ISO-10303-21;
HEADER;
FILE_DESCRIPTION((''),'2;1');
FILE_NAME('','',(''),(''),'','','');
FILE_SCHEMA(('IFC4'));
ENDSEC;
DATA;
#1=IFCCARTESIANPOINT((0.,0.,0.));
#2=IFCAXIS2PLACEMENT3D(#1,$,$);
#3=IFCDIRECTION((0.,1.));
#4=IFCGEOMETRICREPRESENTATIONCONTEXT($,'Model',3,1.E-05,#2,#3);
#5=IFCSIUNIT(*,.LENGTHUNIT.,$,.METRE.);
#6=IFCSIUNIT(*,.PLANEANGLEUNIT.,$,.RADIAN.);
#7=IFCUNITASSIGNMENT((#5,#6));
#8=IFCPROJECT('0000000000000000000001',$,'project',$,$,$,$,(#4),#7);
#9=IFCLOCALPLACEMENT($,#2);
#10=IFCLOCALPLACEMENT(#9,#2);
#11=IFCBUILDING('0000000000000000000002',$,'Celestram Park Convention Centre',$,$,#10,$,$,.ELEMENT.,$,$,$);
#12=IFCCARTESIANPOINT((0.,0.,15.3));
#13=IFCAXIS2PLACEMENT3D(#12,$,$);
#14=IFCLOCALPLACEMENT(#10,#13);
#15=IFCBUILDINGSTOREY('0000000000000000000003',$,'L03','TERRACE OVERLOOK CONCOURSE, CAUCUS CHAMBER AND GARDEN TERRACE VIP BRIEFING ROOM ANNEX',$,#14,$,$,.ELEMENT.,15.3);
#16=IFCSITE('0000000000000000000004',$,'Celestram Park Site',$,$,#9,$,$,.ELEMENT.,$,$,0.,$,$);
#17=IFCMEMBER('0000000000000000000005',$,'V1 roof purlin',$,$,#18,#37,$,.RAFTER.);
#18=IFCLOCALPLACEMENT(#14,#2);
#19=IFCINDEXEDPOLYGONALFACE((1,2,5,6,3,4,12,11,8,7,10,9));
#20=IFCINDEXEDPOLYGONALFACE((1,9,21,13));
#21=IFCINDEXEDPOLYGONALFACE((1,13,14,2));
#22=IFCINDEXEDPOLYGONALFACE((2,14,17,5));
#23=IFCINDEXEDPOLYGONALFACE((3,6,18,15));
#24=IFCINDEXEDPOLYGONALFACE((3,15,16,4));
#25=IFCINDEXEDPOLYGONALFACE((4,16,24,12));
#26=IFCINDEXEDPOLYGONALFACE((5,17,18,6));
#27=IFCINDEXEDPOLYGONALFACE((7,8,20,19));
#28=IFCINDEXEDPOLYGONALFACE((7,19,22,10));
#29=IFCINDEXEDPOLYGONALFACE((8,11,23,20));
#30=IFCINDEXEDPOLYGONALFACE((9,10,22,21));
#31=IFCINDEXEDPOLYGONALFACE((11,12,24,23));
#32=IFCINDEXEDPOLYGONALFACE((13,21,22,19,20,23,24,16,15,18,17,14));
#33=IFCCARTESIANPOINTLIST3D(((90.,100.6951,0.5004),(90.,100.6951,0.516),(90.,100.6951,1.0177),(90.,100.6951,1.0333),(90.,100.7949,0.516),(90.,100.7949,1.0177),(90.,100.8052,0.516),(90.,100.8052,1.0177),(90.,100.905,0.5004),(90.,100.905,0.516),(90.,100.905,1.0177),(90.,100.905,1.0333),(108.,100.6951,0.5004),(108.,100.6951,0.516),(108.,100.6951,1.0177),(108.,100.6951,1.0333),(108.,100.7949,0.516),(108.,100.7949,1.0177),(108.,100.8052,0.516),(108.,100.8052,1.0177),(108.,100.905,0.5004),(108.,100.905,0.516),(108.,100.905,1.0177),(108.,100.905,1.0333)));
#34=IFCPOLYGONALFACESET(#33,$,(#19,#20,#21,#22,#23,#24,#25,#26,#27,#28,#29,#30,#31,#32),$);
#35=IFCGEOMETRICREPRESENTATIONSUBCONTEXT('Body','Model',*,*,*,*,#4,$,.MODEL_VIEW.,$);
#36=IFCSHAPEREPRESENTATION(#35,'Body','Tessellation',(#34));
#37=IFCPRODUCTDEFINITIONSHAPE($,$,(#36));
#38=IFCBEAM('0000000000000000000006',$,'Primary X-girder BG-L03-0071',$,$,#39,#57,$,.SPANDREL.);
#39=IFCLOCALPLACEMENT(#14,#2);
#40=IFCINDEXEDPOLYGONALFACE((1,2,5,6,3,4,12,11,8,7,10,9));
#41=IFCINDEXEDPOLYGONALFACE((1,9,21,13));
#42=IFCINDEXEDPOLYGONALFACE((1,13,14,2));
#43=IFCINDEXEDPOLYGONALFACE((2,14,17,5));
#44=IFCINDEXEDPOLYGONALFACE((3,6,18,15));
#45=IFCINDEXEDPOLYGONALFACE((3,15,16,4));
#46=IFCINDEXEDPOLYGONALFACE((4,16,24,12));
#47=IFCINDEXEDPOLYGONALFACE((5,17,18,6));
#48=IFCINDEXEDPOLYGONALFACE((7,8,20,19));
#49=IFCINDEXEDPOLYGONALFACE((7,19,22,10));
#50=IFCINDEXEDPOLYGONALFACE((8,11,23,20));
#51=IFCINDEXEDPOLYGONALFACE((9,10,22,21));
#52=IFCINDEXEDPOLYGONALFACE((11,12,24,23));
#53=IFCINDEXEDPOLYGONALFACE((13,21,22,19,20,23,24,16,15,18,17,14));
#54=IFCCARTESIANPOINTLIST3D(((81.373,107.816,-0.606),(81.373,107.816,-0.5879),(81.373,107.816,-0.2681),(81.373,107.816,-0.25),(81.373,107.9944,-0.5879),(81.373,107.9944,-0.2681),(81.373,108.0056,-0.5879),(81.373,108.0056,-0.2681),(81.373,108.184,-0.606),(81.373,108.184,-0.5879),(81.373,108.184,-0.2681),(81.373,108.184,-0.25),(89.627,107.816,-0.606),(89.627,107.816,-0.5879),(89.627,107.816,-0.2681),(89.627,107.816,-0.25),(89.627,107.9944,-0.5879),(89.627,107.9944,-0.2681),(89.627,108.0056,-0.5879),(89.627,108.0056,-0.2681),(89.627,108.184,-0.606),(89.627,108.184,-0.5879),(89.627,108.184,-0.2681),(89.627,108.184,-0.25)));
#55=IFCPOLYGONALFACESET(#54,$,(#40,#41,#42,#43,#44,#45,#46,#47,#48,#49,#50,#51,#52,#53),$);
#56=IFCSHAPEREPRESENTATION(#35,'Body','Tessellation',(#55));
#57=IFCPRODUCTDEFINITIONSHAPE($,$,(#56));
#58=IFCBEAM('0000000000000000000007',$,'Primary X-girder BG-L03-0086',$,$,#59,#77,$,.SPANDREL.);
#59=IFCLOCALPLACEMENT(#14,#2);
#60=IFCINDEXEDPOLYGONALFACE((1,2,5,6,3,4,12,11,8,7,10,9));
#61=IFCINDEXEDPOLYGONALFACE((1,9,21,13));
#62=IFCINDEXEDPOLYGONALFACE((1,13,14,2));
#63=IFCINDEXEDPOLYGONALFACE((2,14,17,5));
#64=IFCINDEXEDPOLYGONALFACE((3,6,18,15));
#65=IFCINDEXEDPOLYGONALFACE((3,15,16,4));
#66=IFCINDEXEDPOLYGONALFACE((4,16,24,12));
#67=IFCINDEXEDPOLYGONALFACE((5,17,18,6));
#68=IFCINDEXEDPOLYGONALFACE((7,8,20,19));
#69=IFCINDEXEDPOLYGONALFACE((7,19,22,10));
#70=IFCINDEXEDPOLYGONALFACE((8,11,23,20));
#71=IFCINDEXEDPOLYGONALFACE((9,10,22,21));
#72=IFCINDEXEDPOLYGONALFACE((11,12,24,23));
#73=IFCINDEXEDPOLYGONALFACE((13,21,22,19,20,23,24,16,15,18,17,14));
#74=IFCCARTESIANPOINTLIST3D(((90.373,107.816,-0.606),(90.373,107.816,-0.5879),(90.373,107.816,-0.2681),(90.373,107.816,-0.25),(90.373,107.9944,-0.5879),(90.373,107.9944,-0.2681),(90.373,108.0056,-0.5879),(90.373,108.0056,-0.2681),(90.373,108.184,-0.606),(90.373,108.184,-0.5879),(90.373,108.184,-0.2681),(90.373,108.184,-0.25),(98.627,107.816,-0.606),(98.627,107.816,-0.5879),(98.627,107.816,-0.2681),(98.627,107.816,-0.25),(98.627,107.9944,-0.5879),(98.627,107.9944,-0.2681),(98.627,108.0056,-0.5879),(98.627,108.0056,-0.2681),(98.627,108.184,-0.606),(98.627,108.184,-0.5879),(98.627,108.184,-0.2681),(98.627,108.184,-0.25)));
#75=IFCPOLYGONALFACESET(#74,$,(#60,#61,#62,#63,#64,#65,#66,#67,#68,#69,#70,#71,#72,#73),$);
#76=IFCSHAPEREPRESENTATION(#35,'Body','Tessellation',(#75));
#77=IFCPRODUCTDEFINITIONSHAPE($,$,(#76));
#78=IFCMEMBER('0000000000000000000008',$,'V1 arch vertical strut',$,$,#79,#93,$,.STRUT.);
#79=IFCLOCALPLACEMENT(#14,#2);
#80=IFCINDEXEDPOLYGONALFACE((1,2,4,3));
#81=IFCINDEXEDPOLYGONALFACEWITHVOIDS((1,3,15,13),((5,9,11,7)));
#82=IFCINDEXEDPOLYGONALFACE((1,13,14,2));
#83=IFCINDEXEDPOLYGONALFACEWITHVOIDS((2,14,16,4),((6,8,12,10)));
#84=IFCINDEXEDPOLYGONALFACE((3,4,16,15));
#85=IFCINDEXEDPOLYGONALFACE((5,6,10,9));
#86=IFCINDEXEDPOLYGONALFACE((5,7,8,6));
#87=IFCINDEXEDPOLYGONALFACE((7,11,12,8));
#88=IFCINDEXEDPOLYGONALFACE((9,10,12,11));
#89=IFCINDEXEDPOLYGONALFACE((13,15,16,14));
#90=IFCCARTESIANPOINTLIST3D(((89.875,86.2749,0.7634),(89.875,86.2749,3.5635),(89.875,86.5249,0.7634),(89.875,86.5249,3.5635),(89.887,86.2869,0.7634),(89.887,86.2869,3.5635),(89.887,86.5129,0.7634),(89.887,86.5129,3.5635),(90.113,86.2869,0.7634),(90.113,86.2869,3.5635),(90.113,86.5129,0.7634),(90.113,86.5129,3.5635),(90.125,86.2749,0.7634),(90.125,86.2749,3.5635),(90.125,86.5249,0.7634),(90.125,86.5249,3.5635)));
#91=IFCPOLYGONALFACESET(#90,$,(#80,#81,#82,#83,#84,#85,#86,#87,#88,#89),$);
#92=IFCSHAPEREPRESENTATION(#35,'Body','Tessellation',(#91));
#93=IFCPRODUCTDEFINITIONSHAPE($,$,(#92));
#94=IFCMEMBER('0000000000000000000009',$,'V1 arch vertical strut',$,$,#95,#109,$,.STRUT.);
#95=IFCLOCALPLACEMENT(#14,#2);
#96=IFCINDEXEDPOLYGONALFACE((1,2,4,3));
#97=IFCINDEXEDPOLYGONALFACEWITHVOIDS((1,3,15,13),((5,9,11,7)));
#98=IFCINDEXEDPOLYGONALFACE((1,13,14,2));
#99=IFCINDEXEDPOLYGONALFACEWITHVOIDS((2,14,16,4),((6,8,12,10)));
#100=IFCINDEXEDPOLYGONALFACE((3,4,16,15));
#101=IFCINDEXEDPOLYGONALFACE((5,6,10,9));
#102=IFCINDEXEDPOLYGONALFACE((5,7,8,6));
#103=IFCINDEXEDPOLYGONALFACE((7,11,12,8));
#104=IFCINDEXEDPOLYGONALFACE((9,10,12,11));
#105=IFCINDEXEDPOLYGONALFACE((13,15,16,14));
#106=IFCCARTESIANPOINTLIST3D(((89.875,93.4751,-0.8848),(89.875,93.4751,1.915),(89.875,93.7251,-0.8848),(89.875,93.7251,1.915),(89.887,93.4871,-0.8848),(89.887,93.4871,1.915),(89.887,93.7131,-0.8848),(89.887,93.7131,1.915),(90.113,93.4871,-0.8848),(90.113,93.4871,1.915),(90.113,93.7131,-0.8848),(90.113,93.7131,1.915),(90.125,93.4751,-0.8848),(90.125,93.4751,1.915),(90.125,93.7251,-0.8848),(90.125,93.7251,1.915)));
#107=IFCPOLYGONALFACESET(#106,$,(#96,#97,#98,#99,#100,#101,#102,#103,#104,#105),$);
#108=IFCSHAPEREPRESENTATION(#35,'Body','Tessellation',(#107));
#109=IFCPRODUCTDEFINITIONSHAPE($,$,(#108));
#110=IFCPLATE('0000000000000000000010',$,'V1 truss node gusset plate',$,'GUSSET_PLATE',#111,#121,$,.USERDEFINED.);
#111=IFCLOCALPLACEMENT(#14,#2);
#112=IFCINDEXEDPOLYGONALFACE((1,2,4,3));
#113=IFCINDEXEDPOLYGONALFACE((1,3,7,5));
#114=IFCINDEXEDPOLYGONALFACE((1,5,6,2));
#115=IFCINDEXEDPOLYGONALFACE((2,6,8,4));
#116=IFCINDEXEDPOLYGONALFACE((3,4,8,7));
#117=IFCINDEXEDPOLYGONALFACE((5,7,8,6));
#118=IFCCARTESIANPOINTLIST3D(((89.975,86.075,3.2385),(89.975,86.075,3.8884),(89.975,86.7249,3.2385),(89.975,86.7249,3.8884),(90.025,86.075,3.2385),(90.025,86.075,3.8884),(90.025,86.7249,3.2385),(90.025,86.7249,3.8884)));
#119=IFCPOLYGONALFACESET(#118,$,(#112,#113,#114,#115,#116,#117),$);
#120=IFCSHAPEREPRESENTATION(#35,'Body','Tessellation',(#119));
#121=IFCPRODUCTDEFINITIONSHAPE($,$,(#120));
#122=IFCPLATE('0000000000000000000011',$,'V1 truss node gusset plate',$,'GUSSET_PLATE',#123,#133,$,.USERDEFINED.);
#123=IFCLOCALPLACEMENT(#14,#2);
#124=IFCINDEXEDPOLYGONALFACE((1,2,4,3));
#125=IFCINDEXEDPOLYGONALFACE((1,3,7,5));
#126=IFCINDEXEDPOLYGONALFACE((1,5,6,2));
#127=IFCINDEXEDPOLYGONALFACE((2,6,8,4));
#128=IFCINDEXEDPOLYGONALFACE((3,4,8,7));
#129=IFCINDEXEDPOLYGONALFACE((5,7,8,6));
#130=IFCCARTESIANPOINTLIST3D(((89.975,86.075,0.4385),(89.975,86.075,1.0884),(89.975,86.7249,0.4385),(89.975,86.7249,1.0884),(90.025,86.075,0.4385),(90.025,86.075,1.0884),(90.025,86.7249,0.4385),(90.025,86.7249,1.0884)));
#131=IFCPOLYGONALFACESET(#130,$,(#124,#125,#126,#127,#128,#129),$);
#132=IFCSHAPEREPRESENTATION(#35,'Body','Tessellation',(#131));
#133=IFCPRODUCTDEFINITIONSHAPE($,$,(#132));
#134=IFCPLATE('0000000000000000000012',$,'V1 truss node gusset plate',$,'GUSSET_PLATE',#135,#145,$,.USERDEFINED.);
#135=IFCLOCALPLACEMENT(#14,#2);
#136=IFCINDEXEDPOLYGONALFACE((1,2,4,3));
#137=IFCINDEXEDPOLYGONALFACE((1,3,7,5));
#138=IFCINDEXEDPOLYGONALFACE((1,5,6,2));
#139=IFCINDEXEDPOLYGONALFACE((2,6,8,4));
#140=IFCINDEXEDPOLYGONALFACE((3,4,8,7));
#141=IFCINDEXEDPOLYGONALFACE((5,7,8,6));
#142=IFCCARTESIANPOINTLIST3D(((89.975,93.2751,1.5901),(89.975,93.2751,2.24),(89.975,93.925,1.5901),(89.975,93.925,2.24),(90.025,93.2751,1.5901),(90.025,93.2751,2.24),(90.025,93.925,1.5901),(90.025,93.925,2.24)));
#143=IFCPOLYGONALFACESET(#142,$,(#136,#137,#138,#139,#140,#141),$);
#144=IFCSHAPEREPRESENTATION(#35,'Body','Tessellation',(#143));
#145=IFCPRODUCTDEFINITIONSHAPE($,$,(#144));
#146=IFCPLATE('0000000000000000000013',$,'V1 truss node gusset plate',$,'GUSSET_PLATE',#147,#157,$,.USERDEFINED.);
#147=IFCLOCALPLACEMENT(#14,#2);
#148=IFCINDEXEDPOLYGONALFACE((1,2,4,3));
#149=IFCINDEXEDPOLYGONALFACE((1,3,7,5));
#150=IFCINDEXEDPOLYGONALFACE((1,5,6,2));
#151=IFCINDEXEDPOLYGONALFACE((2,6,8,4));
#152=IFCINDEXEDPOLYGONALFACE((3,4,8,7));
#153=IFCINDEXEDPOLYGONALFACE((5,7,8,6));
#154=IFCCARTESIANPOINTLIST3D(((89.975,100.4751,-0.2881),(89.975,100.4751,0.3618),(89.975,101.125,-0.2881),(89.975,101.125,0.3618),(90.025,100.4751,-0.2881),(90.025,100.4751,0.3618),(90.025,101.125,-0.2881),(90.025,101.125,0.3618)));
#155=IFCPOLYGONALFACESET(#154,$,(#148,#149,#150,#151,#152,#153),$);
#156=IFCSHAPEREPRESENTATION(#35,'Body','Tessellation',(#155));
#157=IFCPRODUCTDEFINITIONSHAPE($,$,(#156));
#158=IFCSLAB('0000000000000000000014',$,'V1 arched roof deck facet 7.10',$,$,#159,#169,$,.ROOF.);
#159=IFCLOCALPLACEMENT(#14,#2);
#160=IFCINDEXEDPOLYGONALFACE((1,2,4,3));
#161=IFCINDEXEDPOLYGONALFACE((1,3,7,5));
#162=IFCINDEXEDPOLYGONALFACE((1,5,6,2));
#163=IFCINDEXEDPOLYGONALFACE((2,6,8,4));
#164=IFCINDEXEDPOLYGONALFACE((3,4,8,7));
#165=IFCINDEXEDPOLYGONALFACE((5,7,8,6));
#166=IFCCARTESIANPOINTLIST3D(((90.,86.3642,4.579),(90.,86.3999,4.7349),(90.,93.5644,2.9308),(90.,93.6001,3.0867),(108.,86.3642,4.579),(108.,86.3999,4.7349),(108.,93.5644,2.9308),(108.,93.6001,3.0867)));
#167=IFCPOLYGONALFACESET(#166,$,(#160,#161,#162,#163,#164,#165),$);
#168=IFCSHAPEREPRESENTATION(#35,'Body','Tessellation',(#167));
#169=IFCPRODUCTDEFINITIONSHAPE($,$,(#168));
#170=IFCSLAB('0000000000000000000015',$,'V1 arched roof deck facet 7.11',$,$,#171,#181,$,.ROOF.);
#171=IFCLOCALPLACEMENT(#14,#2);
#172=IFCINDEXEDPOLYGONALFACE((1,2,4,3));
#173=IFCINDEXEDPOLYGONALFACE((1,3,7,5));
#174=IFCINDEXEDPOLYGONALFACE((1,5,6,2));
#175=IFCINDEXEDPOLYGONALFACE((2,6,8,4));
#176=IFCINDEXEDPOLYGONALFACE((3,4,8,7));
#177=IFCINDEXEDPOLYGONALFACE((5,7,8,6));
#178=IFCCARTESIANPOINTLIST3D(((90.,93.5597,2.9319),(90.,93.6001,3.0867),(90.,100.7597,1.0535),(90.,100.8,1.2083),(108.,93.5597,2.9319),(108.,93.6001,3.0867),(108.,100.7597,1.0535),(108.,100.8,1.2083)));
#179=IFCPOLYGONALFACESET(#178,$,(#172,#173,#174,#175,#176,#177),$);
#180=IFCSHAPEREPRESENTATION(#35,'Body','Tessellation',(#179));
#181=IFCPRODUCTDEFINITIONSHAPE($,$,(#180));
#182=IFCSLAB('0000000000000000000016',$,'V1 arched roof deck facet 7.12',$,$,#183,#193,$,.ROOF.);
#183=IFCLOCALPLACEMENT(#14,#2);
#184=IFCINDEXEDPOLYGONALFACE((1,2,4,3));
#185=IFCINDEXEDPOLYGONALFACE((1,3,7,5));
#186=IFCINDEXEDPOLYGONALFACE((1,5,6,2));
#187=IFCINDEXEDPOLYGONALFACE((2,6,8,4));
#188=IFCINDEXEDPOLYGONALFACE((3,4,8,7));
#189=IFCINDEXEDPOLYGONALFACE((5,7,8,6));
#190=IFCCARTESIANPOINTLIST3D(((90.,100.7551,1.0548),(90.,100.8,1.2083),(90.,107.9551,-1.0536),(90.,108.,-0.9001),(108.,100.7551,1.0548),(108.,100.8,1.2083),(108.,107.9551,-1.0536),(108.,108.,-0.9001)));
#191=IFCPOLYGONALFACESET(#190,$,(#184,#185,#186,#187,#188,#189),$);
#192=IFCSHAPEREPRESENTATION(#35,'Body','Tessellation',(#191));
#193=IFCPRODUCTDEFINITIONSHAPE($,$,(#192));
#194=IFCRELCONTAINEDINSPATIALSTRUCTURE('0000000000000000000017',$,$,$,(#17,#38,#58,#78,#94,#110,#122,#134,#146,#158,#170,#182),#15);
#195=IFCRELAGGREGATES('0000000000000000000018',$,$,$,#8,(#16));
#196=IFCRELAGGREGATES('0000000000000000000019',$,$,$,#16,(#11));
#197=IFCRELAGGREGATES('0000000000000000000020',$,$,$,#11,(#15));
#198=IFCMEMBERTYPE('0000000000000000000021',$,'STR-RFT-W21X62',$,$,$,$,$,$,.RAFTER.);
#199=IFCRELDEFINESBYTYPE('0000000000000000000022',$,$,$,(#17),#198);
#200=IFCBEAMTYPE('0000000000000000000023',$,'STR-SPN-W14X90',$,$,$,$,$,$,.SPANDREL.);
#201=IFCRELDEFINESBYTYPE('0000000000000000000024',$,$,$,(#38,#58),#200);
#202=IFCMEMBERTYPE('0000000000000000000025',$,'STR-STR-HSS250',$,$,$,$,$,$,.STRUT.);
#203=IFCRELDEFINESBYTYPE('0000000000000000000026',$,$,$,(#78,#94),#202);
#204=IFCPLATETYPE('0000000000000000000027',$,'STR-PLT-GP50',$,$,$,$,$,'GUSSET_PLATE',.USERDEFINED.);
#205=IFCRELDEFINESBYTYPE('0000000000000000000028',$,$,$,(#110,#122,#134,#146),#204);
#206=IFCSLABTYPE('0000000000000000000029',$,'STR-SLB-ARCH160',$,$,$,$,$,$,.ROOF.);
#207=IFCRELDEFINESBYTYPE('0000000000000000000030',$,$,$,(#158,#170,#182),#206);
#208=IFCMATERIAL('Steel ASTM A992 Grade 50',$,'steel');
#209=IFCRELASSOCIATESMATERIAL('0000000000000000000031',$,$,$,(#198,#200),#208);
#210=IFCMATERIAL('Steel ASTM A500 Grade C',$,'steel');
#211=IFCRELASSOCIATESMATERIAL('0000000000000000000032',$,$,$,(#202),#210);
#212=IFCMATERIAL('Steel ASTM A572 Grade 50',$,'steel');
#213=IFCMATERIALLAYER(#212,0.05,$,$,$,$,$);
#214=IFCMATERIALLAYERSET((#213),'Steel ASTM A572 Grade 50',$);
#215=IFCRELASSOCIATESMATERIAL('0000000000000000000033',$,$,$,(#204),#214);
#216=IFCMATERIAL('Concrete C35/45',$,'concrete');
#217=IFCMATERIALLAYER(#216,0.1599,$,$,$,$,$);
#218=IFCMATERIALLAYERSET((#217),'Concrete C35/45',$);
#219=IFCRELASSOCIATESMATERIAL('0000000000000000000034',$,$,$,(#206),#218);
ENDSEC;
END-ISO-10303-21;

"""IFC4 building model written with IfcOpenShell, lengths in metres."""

from ifc_helpers import new_model, si_unit, direction, frame, origin, origin_2d, place, context, subcontext, project, spatial, polyline, rectangle, hollow_rectangle, i_section, outline, extrude, material, layer, layer_set, material_profile, profile_set, type_object, element, save


model = new_model("IFC4")

# Units and contexts
model_context = context("Model", 3, precision=1e-05, world=origin(), true_north=direction((0.0, 1.0)))
body_context = subcontext(model_context, "Body", "Model", "MODEL_VIEW")
ifc_project = project(units=[si_unit("LENGTHUNIT", "METRE"), si_unit("PLANEANGLEUNIT", "RADIAN")], contexts=[model_context])

# Site, building, storey
site_placement = place(None, origin())
site = spatial("IfcSite", under=ifc_project, at=site_placement, Name="Celestram Park Site", CompositionType="ELEMENT", RefElevation=0.0)
building_placement = place(site_placement, origin())
building = spatial("IfcBuilding", under=site, at=building_placement, Name="Celestram Park Convention Centre", CompositionType="ELEMENT")
storey_placement = place(building_placement, frame((0.0, 0.0, 15.3)))
storey = spatial("IfcBuildingStorey", under=building, at=storey_placement, Name="L03", Description="TERRACE OVERLOOK CONCOURSE, CAUCUS CHAMBER AND GARDEN TERRACE VIP BRIEFING ROOM ANNEX", CompositionType="ELEMENT", Elevation=15.3)

# Shared definitions
ifc_material_1 = material(Name="Steel ASTM A992 Grade 50", Category="steel")

# Member
ifc_material_2 = material(Name="Steel ASTM A500 Grade C", Category="steel")
ifc_material_profile_1 = material_profile(ifc_material_1, i_section(OverallWidth=0.21, OverallDepth=0.533, WebThickness=0.0103, FlangeThickness=0.0156, at=origin_2d()), Name="W21X62")
ifc_profile_set_1 = profile_set([ifc_material_profile_1], Name="Steel ASTM A992 Grade 50")
member_type_1 = type_object("IfcMemberType", Name="STR-RFT-W21X62", PredefinedType="RAFTER", material=ifc_profile_set_1)
for number, where, z_axis, x_axis, name in (
    (1, (90.0, 100.8, 0.7668), (1.0, 0.0, 0.0), (0.0, 1.0, 0.0), "V1 roof purlin"),
):
    element("IfcMember", number, at=place(storey_placement, frame(where, z_axis=z_axis, x_axis=x_axis)), inside=storey, type_object=member_type_1, Name=name, PredefinedType="RAFTER", context=body_context, shape_type="SweptSolid", body=[
        extrude(i_section(OverallWidth=0.21, OverallDepth=0.533, WebThickness=0.0103, FlangeThickness=0.0156, at=origin_2d()), origin(), (0.0, 0.0, 1.0), 18.0),
    ])

# Beams
ifc_material_profile_2 = material_profile(ifc_material_1, i_section(OverallWidth=0.3679, OverallDepth=0.356, WebThickness=0.0112, FlangeThickness=0.0181, at=origin_2d()), Name="W14X90")
ifc_profile_set_2 = profile_set([ifc_material_profile_2], Name="Steel ASTM A992 Grade 50")
beam_type_1 = type_object("IfcBeamType", Name="STR-SPN-W14X90", PredefinedType="SPANDREL", material=ifc_profile_set_2)
for number, where, z_axis, x_axis, name in (
    (2, (81.373, 108.0, -0.428), (1.0, 0.0, 0.0), (0.0, 1.0, 0.0), "Primary X-girder BG-L03-0071"),
    (3, (90.373, 108.0, -0.428), (1.0, 0.0, 0.0), (0.0, 1.0, 0.0), "Primary X-girder BG-L03-0086"),
):
    element("IfcBeam", number, at=place(storey_placement, frame(where, z_axis=z_axis, x_axis=x_axis)), inside=storey, type_object=beam_type_1, Name=name, PredefinedType="SPANDREL", context=body_context, shape_type="SweptSolid", body=[
        extrude(i_section(OverallWidth=0.3679, OverallDepth=0.356, WebThickness=0.0112, FlangeThickness=0.0181, at=origin_2d()), origin(), (0.0, 0.0, 1.0), 8.2539),
    ])

# Members
ifc_material_profile_3 = material_profile(ifc_material_2, hollow_rectangle(XDim=0.25, YDim=0.25, WallThickness=0.012, at=origin_2d()), Name="HSS250X250X12")
ifc_profile_set_3 = profile_set([ifc_material_profile_3], Name="Steel ASTM A500 Grade C")
member_type_2 = type_object("IfcMemberType", Name="STR-STR-HSS250", PredefinedType="STRUT", material=ifc_profile_set_3)
member_1_placement = place(storey_placement, frame((90.0, 86.3999, 0.7634), z_axis=(0.0, 0.0, 1.0), x_axis=(1.0, 0.0, 0.0)))
element("IfcMember", 4, at=member_1_placement, inside=storey, type_object=member_type_2, Name="V1 arch vertical strut", PredefinedType="STRUT", context=body_context, shape_type="SweptSolid", body=[
    extrude(hollow_rectangle(XDim=0.25, YDim=0.25, WallThickness=0.012, at=origin_2d()), origin(), (0.0, 0.0, 1.0), 2.8),
])
member_2_placement = place(storey_placement, frame((90.0, 93.6001, -0.8848), z_axis=(0.0, 0.0, 1.0), x_axis=(1.0, 0.0, 0.0)))
element("IfcMember", 5, at=member_2_placement, inside=storey, type_object=member_type_2, Name="V1 arch vertical strut", PredefinedType="STRUT", context=body_context, shape_type="SweptSolid", body=[
    extrude(hollow_rectangle(XDim=0.25, YDim=0.25, WallThickness=0.012, at=origin_2d()), origin(), (0.0, 0.0, 1.0), 2.7998),
])

# Plates
ifc_material_3 = material(Name="Steel ASTM A572 Grade 50", Category="steel")
ifc_layer_1 = layer(ifc_material_3, 0.05)
ifc_layer_set_1 = layer_set([ifc_layer_1], Name="Steel ASTM A572 Grade 50")
plate_type = type_object("IfcPlateType", Name="STR-PLT-GP50", ElementType="GUSSET_PLATE", PredefinedType="USERDEFINED", material=ifc_layer_set_1)
for number, where, z_axis, x_axis, name in (
    (6, (90.0, 86.3999, 3.2385), (0.0, 0.0, 1.0), (0.0, 1.0, 0.0), "V1 truss node gusset plate"),
    (7, (90.0, 86.3999, 0.4385), (0.0, 0.0, 1.0), (0.0, 1.0, 0.0), "V1 truss node gusset plate"),
    (8, (90.0, 93.6001, 1.5901), (0.0, 0.0, 1.0), (0.0, 1.0, 0.0), "V1 truss node gusset plate"),
    (9, (90.0, 100.8, -0.2881), (0.0, 0.0, 1.0), (0.0, 1.0, 0.0), "V1 truss node gusset plate"),
):
    element("IfcPlate", number, at=place(storey_placement, frame(where, z_axis=z_axis, x_axis=x_axis)), inside=storey, type_object=plate_type, Name=name, ObjectType="GUSSET_PLATE", PredefinedType="USERDEFINED", context=body_context, shape_type="SweptSolid", body=[
        extrude(rectangle(XDim=0.6499, YDim=0.05, at=origin_2d()), origin(), (0.0, 0.0, 1.0), 0.6499),
    ])

# Slabs
ifc_material_4 = material(Name="Concrete C35/45", Category="concrete")
ifc_layer_2 = layer(ifc_material_4, 0.1599)
ifc_layer_set_2 = layer_set([ifc_layer_2], Name="Concrete C35/45")
slab_type = type_object("IfcSlabType", Name="STR-SLB-ARCH160", PredefinedType="ROOF", material=ifc_layer_set_2)
slab_1_placement = place(storey_placement, frame((90.0, 86.3999, 4.7349), z_axis=(0.0, 0.223138, 0.974787), x_axis=(1.0, 0.0, 0.0)))
element("IfcSlab", 10, at=slab_1_placement, inside=storey, type_object=slab_type, Name="V1 arched roof deck facet 7.10", PredefinedType="ROOF", context=body_context, shape_type="SweptSolid", body=[
    extrude(outline(polyline([(0.0, 0.0), (18.0, 0.0), (18.0, 7.3864), (0.0, 7.3864), (0.0, 0.0)])), origin(), (0.0, 0.0, -1.0), 0.1599),
])
slab_2_placement = place(storey_placement, frame((90.0, 93.6001, 3.0867), z_axis=(0.0, 0.252443, 0.967612), x_axis=(1.0, 0.0, 0.0)))
element("IfcSlab", 11, at=slab_2_placement, inside=storey, type_object=slab_type, Name="V1 arched roof deck facet 7.11", PredefinedType="ROOF", context=body_context, shape_type="SweptSolid", body=[
    extrude(outline(polyline([(0.0, 0.0), (18.0, 0.0), (18.0, 7.441), (0.0, 7.441), (0.0, 0.0)])), origin(), (0.0, 0.0, -1.0), 0.1599),
])
slab_3_placement = place(storey_placement, frame((90.0, 100.8, 1.2083), z_axis=(0.0, 0.281033, 0.959698), x_axis=(1.0, 0.0, 0.0)))
element("IfcSlab", 12, at=slab_3_placement, inside=storey, type_object=slab_type, Name="V1 arched roof deck facet 7.12", PredefinedType="ROOF", context=body_context, shape_type="SweptSolid", body=[
    extrude(outline(polyline([(0.0, 0.0), (18.0, 0.0), (18.0, 7.5023), (0.0, 7.5023), (0.0, 0.0)])), origin(), (0.0, 0.0, -1.0), 0.1599),
])

save(model, "model.ifc")
